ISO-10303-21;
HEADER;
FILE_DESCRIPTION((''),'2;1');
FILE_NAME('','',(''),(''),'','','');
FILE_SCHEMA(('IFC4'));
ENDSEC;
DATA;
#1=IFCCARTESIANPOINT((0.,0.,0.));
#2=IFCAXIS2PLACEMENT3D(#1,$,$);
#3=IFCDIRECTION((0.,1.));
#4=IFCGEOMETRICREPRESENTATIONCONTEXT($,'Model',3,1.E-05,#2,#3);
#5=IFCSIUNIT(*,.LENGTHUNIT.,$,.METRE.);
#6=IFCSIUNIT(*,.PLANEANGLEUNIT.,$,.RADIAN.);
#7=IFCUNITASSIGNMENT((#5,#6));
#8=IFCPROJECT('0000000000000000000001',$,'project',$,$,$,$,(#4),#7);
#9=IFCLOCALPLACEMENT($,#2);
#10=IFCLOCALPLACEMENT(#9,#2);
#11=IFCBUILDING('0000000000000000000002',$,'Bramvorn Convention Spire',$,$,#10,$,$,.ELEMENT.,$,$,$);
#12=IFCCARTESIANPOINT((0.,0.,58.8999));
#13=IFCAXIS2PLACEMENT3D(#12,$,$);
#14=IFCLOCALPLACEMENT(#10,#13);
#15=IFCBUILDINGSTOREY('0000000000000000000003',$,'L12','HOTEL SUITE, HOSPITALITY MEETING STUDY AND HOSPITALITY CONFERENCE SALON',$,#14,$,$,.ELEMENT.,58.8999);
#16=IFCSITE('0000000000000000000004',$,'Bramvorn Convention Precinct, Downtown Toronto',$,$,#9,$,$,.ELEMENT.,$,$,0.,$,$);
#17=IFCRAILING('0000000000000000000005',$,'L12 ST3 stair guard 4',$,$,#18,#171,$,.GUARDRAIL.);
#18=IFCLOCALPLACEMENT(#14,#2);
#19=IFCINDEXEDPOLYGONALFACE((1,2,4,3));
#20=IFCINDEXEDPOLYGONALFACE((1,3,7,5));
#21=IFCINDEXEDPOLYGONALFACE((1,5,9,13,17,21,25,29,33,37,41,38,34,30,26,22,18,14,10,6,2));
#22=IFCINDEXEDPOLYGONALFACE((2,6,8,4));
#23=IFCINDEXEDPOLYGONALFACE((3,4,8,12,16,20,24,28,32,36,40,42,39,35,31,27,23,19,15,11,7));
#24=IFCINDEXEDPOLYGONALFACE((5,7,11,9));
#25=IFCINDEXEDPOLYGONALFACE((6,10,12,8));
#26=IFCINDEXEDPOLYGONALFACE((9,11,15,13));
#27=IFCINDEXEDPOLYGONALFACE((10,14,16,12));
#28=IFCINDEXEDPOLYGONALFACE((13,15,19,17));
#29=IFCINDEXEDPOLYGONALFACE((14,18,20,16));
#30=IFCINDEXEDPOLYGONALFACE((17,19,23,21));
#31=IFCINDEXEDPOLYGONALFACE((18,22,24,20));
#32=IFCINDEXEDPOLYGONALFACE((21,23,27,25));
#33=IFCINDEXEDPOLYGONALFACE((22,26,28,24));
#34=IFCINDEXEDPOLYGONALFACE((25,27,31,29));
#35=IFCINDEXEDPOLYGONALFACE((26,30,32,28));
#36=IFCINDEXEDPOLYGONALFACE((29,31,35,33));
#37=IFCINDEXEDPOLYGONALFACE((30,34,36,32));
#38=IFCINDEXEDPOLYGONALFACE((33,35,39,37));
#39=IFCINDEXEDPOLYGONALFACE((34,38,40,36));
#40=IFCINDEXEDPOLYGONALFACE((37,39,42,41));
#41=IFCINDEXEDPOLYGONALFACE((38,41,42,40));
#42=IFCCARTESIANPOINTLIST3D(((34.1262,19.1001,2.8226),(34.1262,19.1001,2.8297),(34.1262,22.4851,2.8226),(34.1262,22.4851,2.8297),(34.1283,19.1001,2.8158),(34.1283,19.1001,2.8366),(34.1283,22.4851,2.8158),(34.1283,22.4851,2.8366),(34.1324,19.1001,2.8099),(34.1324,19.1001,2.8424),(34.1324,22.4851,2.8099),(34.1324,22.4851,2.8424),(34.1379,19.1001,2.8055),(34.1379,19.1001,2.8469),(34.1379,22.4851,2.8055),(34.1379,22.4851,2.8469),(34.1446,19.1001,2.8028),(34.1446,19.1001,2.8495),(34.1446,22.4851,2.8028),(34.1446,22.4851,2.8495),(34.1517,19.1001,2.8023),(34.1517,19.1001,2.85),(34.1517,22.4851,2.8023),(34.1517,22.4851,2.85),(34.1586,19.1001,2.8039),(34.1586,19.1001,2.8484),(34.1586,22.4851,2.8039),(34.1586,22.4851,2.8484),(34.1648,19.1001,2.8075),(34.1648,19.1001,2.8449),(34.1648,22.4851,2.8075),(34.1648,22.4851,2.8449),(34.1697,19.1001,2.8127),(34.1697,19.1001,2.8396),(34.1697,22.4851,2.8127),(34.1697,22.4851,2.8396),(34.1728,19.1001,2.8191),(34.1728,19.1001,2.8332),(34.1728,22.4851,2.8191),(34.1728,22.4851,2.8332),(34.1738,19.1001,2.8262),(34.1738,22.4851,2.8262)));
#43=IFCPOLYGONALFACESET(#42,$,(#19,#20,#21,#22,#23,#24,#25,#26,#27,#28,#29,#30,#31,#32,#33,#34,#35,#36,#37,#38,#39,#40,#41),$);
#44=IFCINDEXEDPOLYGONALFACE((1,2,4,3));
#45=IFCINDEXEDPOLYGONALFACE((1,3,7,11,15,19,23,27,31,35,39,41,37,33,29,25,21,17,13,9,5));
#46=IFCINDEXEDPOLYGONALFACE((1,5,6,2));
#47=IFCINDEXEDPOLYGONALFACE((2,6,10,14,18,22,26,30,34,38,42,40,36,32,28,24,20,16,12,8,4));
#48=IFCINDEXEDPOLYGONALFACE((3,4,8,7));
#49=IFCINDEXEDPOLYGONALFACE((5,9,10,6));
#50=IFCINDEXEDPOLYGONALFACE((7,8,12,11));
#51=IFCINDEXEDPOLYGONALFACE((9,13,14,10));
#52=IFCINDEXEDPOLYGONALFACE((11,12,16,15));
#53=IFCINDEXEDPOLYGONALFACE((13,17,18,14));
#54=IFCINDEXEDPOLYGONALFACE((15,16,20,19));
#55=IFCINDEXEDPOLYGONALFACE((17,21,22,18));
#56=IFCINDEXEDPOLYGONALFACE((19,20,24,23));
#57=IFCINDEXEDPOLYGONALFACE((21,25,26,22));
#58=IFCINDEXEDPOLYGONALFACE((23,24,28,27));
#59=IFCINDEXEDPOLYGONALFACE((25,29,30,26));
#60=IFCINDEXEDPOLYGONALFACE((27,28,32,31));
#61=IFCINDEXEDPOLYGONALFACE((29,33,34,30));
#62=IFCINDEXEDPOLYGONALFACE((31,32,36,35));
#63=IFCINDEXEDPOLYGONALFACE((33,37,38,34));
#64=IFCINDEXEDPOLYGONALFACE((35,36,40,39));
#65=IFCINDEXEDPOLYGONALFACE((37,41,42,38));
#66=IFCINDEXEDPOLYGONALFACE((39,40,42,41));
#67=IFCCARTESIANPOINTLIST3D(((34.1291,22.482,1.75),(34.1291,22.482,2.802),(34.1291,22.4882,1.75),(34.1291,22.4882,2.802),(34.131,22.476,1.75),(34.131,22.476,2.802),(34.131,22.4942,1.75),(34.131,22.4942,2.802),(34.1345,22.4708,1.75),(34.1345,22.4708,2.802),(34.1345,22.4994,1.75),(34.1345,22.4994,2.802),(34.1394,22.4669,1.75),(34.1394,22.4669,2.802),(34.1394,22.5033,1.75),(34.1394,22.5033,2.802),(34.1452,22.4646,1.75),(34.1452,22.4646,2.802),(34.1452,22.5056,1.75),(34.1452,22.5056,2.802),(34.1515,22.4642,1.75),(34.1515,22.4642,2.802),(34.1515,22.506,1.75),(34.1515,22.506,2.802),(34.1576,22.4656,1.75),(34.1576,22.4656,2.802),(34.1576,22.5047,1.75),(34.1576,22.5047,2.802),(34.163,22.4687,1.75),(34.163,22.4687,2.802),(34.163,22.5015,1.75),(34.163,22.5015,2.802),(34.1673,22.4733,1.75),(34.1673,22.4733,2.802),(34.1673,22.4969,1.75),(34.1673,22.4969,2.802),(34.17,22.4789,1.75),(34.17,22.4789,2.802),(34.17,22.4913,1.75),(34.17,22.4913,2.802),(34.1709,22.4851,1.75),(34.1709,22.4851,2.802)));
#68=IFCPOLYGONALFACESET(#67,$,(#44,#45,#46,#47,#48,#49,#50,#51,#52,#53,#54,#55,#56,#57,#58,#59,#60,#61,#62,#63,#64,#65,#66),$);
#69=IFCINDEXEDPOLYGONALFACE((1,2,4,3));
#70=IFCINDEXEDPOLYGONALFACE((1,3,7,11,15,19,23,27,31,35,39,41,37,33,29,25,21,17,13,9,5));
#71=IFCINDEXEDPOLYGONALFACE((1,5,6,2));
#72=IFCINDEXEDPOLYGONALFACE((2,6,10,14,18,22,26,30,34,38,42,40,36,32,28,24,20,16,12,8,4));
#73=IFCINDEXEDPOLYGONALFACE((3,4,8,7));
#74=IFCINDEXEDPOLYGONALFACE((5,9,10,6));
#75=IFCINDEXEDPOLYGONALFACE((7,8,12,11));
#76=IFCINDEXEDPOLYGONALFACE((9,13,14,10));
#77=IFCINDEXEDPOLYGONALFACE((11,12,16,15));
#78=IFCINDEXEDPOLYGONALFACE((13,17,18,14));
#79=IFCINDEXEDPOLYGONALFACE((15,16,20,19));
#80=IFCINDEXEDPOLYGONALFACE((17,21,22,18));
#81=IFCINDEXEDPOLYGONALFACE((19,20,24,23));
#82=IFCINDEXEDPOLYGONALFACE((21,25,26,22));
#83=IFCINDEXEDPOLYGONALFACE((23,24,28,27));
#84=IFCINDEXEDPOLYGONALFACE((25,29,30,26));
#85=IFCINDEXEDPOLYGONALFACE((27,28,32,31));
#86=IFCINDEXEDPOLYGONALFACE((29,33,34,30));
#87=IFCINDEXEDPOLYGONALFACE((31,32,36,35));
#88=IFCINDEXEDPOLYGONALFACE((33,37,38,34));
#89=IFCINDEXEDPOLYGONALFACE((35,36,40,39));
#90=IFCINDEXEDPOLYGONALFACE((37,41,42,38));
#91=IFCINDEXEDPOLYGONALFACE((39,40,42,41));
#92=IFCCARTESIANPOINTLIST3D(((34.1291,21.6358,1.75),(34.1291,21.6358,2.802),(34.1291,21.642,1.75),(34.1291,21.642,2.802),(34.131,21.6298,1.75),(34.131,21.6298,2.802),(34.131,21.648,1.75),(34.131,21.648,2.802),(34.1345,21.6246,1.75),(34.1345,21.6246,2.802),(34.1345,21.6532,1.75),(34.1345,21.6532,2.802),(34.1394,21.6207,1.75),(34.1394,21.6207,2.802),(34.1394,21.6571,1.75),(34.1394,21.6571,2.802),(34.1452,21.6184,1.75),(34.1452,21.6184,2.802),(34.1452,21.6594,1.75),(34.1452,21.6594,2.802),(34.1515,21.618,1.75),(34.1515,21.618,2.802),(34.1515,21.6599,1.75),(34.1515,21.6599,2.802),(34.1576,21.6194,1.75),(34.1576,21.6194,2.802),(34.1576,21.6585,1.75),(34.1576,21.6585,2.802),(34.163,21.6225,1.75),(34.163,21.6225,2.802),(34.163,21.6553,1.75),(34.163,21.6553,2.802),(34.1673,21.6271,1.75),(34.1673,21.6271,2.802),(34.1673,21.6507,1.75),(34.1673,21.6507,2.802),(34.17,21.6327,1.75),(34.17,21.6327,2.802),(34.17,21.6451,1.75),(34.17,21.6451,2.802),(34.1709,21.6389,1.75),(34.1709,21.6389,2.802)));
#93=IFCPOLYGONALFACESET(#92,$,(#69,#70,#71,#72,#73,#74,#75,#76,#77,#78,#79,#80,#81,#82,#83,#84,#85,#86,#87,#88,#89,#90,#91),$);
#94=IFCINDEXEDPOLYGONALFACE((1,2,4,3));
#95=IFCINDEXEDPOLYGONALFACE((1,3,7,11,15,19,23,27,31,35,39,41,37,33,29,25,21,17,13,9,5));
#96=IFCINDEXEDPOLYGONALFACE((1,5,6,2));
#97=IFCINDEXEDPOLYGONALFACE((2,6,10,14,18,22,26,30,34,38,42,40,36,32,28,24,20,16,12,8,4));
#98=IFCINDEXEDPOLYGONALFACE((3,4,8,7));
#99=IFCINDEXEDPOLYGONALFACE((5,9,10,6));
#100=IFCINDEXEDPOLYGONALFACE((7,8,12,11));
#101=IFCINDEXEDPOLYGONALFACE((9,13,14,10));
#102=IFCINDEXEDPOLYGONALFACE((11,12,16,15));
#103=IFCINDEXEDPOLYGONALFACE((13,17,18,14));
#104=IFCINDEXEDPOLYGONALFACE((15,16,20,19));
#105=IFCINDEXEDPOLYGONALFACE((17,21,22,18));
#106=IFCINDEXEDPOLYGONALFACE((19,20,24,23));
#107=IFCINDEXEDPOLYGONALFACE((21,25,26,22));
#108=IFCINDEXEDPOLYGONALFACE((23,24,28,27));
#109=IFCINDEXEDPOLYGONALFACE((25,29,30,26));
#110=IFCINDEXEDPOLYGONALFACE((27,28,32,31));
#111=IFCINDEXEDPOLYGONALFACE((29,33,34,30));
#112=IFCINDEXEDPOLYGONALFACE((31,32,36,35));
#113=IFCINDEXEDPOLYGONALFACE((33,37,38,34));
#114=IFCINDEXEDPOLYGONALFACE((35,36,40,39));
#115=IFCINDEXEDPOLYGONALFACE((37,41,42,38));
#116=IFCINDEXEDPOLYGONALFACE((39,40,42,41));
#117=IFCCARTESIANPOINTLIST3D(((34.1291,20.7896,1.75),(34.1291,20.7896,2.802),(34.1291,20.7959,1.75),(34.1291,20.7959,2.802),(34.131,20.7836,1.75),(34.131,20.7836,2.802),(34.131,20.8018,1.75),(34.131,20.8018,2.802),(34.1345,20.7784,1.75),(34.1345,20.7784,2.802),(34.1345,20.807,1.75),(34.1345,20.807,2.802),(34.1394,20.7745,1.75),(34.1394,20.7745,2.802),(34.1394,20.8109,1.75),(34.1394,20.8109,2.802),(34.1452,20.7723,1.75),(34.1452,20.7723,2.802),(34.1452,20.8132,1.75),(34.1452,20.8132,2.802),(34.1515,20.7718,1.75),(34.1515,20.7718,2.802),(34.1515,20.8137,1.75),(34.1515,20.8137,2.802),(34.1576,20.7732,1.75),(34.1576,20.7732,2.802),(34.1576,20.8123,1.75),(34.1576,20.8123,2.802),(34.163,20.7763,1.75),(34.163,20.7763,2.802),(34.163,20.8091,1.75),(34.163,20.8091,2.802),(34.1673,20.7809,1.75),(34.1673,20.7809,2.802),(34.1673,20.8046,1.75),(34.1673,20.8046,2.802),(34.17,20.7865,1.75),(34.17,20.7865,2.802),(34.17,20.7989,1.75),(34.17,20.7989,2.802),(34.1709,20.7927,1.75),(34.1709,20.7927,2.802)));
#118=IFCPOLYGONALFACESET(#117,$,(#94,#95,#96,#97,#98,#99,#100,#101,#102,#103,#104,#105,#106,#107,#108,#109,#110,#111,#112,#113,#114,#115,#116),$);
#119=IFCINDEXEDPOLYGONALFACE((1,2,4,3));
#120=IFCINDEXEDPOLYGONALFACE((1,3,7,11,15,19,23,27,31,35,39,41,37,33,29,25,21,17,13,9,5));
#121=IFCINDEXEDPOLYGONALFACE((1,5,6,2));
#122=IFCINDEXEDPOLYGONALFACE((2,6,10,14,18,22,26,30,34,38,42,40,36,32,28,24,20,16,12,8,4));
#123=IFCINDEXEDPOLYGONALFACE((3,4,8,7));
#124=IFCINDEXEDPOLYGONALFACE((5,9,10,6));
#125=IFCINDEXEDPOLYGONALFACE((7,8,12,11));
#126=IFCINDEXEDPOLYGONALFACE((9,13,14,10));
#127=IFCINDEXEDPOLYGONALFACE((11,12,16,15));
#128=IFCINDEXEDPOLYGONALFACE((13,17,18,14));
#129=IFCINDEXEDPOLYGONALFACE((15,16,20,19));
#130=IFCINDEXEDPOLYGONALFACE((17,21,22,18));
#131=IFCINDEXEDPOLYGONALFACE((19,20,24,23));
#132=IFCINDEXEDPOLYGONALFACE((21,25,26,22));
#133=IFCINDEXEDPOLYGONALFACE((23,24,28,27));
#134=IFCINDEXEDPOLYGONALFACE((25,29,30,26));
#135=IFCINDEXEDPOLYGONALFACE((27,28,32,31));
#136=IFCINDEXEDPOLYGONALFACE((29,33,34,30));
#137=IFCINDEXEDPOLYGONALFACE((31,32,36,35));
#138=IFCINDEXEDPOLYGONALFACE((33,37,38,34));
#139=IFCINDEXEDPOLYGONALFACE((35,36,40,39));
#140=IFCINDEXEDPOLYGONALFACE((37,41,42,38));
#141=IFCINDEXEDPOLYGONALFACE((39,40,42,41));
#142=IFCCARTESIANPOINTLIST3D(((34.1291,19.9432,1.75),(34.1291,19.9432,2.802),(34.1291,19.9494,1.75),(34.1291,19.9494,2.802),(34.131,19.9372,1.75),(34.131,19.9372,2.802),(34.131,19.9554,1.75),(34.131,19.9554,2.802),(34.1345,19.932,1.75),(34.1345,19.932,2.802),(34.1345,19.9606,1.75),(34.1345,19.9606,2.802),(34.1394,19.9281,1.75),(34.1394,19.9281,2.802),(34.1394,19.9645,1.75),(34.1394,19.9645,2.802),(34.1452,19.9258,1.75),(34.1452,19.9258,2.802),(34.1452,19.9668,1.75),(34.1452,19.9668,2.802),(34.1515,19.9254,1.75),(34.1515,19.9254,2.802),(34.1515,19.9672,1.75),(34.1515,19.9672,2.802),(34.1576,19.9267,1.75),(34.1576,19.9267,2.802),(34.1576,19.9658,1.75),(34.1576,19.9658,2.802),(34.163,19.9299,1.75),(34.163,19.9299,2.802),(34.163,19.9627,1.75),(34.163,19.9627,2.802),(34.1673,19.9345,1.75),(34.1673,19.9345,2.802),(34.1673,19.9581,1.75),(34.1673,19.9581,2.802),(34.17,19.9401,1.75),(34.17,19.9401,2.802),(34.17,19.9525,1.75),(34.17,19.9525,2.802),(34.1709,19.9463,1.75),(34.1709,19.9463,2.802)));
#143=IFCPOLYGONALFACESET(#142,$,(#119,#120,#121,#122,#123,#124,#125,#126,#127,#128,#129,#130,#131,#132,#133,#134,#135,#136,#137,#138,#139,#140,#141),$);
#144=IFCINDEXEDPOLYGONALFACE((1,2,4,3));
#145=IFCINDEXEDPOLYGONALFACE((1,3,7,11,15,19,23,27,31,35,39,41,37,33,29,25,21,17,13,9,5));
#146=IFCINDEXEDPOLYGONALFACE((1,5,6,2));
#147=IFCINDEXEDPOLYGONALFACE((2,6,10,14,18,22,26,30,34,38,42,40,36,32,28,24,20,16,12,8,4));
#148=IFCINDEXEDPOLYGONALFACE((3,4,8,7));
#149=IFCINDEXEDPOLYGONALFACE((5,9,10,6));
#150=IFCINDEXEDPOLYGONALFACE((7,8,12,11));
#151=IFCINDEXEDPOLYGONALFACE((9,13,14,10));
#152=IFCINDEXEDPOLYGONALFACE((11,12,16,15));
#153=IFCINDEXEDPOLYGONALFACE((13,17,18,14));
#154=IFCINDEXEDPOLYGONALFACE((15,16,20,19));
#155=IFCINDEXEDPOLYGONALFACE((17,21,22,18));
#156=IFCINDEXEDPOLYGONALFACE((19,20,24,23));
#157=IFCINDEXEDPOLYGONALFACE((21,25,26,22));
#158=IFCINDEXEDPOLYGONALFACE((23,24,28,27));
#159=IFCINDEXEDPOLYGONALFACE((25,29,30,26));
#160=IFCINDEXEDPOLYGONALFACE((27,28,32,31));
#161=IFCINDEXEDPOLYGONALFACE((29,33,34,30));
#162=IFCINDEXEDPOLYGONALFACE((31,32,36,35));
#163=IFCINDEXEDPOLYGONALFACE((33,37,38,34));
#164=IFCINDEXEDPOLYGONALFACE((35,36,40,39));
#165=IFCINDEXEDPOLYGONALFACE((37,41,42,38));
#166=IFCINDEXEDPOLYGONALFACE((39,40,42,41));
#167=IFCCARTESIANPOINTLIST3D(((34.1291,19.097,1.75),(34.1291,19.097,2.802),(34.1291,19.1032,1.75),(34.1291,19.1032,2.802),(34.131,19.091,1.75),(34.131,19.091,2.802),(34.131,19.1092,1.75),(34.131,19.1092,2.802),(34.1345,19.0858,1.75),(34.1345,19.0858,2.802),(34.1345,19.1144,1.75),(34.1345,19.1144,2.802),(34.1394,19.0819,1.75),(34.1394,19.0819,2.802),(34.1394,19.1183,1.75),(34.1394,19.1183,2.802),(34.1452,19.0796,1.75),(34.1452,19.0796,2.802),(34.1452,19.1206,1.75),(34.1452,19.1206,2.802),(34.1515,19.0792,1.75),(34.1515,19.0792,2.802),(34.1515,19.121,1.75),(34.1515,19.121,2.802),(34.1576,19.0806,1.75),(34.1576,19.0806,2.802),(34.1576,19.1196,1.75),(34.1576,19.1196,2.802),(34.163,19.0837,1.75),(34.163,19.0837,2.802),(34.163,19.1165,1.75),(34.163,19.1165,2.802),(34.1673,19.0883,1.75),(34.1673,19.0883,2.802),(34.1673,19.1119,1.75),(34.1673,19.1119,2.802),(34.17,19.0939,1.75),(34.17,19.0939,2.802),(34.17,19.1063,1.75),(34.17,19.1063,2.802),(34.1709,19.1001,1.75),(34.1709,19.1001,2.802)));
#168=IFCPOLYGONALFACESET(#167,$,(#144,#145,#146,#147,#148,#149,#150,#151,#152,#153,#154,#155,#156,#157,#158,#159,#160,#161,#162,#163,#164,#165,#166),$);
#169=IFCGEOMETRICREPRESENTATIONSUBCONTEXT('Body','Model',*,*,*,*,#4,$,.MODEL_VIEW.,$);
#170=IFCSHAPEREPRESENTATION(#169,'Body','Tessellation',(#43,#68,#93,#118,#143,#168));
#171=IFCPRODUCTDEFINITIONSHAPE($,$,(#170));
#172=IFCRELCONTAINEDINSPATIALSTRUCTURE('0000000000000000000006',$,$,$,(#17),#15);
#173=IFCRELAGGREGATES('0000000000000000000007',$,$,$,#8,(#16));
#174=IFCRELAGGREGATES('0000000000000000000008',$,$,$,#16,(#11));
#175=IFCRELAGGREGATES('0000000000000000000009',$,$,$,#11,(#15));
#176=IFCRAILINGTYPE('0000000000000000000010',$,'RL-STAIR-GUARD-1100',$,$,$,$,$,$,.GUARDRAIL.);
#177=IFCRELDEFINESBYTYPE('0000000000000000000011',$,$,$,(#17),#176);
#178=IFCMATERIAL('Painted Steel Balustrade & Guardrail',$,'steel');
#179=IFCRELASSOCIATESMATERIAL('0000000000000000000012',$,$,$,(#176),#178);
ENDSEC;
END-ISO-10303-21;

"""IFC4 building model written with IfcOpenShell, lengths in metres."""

from ifc_helpers import new_model, si_unit, direction, frame, origin, origin_2d, place, context, subcontext, project, spatial, circle, extrude, material, type_object, element, save


model = new_model("IFC4")

# Units and contexts
model_context = context("Model", 3, precision=1e-05, world=origin(), true_north=direction((0.0, 1.0)))
body_context = subcontext(model_context, "Body", "Model", "MODEL_VIEW")
ifc_project = project(units=[si_unit("LENGTHUNIT", "METRE"), si_unit("PLANEANGLEUNIT", "RADIAN")], contexts=[model_context])

# Site, building, storey
site_placement = place(None, origin())
site = spatial("IfcSite", under=ifc_project, at=site_placement, Name="Bramvorn Convention Precinct, Downtown Toronto", CompositionType="ELEMENT", RefElevation=0.0)
building_placement = place(site_placement, origin())
building = spatial("IfcBuilding", under=site, at=building_placement, Name="Bramvorn Convention Spire", CompositionType="ELEMENT")
storey_placement = place(building_placement, frame((0.0, 0.0, 58.8999)))
storey = spatial("IfcBuildingStorey", under=building, at=storey_placement, Name="L12", Description="HOTEL SUITE, HOSPITALITY MEETING STUDY AND HOSPITALITY CONFERENCE SALON", CompositionType="ELEMENT", Elevation=58.8999)

# Railing
ifc_material_1 = material(Name="Painted Steel Balustrade & Guardrail", Category="steel")
railing_type_1 = type_object("IfcRailingType", Name="RL-STAIR-GUARD-1100", PredefinedType="GUARDRAIL", material=ifc_material_1)
for number, where, name in (
    (1, (34.1499, 22.4851, 1.75), "L12 ST3 stair guard 4"),
):
    element("IfcRailing", number, at=place(storey_placement, frame(where)), inside=storey, type_object=railing_type_1, Name=name, PredefinedType="GUARDRAIL", context=body_context, shape_type="SweptSolid", body=[
        extrude(circle(Radius=0.0239, at=origin_2d()), frame((0.0, 0.0, 1.0762), z_axis=(0.0, -1.0, 0.0), x_axis=(1.0, 0.0, 0.0)), (0.0, 0.0, 1.0), 3.385),
        extrude(circle(Radius=0.021, at=origin_2d()), origin(), (0.0, 0.0, 1.0), 1.052),
        extrude(circle(Radius=0.021, at=origin_2d()), frame((0.0, -0.8462, 0.0)), (0.0, 0.0, 1.0), 1.052),
        extrude(circle(Radius=0.021, at=origin_2d()), frame((0.0, -1.6924, 0.0)), (0.0, 0.0, 1.0), 1.052),
        extrude(circle(Radius=0.021, at=origin_2d()), frame((0.0, -2.5388, 0.0)), (0.0, 0.0, 1.0), 1.052),
        extrude(circle(Radius=0.021, at=origin_2d()), frame((0.0, -3.385, 0.0)), (0.0, 0.0, 1.0), 1.052),
    ])

save(model, "model.ifc")
